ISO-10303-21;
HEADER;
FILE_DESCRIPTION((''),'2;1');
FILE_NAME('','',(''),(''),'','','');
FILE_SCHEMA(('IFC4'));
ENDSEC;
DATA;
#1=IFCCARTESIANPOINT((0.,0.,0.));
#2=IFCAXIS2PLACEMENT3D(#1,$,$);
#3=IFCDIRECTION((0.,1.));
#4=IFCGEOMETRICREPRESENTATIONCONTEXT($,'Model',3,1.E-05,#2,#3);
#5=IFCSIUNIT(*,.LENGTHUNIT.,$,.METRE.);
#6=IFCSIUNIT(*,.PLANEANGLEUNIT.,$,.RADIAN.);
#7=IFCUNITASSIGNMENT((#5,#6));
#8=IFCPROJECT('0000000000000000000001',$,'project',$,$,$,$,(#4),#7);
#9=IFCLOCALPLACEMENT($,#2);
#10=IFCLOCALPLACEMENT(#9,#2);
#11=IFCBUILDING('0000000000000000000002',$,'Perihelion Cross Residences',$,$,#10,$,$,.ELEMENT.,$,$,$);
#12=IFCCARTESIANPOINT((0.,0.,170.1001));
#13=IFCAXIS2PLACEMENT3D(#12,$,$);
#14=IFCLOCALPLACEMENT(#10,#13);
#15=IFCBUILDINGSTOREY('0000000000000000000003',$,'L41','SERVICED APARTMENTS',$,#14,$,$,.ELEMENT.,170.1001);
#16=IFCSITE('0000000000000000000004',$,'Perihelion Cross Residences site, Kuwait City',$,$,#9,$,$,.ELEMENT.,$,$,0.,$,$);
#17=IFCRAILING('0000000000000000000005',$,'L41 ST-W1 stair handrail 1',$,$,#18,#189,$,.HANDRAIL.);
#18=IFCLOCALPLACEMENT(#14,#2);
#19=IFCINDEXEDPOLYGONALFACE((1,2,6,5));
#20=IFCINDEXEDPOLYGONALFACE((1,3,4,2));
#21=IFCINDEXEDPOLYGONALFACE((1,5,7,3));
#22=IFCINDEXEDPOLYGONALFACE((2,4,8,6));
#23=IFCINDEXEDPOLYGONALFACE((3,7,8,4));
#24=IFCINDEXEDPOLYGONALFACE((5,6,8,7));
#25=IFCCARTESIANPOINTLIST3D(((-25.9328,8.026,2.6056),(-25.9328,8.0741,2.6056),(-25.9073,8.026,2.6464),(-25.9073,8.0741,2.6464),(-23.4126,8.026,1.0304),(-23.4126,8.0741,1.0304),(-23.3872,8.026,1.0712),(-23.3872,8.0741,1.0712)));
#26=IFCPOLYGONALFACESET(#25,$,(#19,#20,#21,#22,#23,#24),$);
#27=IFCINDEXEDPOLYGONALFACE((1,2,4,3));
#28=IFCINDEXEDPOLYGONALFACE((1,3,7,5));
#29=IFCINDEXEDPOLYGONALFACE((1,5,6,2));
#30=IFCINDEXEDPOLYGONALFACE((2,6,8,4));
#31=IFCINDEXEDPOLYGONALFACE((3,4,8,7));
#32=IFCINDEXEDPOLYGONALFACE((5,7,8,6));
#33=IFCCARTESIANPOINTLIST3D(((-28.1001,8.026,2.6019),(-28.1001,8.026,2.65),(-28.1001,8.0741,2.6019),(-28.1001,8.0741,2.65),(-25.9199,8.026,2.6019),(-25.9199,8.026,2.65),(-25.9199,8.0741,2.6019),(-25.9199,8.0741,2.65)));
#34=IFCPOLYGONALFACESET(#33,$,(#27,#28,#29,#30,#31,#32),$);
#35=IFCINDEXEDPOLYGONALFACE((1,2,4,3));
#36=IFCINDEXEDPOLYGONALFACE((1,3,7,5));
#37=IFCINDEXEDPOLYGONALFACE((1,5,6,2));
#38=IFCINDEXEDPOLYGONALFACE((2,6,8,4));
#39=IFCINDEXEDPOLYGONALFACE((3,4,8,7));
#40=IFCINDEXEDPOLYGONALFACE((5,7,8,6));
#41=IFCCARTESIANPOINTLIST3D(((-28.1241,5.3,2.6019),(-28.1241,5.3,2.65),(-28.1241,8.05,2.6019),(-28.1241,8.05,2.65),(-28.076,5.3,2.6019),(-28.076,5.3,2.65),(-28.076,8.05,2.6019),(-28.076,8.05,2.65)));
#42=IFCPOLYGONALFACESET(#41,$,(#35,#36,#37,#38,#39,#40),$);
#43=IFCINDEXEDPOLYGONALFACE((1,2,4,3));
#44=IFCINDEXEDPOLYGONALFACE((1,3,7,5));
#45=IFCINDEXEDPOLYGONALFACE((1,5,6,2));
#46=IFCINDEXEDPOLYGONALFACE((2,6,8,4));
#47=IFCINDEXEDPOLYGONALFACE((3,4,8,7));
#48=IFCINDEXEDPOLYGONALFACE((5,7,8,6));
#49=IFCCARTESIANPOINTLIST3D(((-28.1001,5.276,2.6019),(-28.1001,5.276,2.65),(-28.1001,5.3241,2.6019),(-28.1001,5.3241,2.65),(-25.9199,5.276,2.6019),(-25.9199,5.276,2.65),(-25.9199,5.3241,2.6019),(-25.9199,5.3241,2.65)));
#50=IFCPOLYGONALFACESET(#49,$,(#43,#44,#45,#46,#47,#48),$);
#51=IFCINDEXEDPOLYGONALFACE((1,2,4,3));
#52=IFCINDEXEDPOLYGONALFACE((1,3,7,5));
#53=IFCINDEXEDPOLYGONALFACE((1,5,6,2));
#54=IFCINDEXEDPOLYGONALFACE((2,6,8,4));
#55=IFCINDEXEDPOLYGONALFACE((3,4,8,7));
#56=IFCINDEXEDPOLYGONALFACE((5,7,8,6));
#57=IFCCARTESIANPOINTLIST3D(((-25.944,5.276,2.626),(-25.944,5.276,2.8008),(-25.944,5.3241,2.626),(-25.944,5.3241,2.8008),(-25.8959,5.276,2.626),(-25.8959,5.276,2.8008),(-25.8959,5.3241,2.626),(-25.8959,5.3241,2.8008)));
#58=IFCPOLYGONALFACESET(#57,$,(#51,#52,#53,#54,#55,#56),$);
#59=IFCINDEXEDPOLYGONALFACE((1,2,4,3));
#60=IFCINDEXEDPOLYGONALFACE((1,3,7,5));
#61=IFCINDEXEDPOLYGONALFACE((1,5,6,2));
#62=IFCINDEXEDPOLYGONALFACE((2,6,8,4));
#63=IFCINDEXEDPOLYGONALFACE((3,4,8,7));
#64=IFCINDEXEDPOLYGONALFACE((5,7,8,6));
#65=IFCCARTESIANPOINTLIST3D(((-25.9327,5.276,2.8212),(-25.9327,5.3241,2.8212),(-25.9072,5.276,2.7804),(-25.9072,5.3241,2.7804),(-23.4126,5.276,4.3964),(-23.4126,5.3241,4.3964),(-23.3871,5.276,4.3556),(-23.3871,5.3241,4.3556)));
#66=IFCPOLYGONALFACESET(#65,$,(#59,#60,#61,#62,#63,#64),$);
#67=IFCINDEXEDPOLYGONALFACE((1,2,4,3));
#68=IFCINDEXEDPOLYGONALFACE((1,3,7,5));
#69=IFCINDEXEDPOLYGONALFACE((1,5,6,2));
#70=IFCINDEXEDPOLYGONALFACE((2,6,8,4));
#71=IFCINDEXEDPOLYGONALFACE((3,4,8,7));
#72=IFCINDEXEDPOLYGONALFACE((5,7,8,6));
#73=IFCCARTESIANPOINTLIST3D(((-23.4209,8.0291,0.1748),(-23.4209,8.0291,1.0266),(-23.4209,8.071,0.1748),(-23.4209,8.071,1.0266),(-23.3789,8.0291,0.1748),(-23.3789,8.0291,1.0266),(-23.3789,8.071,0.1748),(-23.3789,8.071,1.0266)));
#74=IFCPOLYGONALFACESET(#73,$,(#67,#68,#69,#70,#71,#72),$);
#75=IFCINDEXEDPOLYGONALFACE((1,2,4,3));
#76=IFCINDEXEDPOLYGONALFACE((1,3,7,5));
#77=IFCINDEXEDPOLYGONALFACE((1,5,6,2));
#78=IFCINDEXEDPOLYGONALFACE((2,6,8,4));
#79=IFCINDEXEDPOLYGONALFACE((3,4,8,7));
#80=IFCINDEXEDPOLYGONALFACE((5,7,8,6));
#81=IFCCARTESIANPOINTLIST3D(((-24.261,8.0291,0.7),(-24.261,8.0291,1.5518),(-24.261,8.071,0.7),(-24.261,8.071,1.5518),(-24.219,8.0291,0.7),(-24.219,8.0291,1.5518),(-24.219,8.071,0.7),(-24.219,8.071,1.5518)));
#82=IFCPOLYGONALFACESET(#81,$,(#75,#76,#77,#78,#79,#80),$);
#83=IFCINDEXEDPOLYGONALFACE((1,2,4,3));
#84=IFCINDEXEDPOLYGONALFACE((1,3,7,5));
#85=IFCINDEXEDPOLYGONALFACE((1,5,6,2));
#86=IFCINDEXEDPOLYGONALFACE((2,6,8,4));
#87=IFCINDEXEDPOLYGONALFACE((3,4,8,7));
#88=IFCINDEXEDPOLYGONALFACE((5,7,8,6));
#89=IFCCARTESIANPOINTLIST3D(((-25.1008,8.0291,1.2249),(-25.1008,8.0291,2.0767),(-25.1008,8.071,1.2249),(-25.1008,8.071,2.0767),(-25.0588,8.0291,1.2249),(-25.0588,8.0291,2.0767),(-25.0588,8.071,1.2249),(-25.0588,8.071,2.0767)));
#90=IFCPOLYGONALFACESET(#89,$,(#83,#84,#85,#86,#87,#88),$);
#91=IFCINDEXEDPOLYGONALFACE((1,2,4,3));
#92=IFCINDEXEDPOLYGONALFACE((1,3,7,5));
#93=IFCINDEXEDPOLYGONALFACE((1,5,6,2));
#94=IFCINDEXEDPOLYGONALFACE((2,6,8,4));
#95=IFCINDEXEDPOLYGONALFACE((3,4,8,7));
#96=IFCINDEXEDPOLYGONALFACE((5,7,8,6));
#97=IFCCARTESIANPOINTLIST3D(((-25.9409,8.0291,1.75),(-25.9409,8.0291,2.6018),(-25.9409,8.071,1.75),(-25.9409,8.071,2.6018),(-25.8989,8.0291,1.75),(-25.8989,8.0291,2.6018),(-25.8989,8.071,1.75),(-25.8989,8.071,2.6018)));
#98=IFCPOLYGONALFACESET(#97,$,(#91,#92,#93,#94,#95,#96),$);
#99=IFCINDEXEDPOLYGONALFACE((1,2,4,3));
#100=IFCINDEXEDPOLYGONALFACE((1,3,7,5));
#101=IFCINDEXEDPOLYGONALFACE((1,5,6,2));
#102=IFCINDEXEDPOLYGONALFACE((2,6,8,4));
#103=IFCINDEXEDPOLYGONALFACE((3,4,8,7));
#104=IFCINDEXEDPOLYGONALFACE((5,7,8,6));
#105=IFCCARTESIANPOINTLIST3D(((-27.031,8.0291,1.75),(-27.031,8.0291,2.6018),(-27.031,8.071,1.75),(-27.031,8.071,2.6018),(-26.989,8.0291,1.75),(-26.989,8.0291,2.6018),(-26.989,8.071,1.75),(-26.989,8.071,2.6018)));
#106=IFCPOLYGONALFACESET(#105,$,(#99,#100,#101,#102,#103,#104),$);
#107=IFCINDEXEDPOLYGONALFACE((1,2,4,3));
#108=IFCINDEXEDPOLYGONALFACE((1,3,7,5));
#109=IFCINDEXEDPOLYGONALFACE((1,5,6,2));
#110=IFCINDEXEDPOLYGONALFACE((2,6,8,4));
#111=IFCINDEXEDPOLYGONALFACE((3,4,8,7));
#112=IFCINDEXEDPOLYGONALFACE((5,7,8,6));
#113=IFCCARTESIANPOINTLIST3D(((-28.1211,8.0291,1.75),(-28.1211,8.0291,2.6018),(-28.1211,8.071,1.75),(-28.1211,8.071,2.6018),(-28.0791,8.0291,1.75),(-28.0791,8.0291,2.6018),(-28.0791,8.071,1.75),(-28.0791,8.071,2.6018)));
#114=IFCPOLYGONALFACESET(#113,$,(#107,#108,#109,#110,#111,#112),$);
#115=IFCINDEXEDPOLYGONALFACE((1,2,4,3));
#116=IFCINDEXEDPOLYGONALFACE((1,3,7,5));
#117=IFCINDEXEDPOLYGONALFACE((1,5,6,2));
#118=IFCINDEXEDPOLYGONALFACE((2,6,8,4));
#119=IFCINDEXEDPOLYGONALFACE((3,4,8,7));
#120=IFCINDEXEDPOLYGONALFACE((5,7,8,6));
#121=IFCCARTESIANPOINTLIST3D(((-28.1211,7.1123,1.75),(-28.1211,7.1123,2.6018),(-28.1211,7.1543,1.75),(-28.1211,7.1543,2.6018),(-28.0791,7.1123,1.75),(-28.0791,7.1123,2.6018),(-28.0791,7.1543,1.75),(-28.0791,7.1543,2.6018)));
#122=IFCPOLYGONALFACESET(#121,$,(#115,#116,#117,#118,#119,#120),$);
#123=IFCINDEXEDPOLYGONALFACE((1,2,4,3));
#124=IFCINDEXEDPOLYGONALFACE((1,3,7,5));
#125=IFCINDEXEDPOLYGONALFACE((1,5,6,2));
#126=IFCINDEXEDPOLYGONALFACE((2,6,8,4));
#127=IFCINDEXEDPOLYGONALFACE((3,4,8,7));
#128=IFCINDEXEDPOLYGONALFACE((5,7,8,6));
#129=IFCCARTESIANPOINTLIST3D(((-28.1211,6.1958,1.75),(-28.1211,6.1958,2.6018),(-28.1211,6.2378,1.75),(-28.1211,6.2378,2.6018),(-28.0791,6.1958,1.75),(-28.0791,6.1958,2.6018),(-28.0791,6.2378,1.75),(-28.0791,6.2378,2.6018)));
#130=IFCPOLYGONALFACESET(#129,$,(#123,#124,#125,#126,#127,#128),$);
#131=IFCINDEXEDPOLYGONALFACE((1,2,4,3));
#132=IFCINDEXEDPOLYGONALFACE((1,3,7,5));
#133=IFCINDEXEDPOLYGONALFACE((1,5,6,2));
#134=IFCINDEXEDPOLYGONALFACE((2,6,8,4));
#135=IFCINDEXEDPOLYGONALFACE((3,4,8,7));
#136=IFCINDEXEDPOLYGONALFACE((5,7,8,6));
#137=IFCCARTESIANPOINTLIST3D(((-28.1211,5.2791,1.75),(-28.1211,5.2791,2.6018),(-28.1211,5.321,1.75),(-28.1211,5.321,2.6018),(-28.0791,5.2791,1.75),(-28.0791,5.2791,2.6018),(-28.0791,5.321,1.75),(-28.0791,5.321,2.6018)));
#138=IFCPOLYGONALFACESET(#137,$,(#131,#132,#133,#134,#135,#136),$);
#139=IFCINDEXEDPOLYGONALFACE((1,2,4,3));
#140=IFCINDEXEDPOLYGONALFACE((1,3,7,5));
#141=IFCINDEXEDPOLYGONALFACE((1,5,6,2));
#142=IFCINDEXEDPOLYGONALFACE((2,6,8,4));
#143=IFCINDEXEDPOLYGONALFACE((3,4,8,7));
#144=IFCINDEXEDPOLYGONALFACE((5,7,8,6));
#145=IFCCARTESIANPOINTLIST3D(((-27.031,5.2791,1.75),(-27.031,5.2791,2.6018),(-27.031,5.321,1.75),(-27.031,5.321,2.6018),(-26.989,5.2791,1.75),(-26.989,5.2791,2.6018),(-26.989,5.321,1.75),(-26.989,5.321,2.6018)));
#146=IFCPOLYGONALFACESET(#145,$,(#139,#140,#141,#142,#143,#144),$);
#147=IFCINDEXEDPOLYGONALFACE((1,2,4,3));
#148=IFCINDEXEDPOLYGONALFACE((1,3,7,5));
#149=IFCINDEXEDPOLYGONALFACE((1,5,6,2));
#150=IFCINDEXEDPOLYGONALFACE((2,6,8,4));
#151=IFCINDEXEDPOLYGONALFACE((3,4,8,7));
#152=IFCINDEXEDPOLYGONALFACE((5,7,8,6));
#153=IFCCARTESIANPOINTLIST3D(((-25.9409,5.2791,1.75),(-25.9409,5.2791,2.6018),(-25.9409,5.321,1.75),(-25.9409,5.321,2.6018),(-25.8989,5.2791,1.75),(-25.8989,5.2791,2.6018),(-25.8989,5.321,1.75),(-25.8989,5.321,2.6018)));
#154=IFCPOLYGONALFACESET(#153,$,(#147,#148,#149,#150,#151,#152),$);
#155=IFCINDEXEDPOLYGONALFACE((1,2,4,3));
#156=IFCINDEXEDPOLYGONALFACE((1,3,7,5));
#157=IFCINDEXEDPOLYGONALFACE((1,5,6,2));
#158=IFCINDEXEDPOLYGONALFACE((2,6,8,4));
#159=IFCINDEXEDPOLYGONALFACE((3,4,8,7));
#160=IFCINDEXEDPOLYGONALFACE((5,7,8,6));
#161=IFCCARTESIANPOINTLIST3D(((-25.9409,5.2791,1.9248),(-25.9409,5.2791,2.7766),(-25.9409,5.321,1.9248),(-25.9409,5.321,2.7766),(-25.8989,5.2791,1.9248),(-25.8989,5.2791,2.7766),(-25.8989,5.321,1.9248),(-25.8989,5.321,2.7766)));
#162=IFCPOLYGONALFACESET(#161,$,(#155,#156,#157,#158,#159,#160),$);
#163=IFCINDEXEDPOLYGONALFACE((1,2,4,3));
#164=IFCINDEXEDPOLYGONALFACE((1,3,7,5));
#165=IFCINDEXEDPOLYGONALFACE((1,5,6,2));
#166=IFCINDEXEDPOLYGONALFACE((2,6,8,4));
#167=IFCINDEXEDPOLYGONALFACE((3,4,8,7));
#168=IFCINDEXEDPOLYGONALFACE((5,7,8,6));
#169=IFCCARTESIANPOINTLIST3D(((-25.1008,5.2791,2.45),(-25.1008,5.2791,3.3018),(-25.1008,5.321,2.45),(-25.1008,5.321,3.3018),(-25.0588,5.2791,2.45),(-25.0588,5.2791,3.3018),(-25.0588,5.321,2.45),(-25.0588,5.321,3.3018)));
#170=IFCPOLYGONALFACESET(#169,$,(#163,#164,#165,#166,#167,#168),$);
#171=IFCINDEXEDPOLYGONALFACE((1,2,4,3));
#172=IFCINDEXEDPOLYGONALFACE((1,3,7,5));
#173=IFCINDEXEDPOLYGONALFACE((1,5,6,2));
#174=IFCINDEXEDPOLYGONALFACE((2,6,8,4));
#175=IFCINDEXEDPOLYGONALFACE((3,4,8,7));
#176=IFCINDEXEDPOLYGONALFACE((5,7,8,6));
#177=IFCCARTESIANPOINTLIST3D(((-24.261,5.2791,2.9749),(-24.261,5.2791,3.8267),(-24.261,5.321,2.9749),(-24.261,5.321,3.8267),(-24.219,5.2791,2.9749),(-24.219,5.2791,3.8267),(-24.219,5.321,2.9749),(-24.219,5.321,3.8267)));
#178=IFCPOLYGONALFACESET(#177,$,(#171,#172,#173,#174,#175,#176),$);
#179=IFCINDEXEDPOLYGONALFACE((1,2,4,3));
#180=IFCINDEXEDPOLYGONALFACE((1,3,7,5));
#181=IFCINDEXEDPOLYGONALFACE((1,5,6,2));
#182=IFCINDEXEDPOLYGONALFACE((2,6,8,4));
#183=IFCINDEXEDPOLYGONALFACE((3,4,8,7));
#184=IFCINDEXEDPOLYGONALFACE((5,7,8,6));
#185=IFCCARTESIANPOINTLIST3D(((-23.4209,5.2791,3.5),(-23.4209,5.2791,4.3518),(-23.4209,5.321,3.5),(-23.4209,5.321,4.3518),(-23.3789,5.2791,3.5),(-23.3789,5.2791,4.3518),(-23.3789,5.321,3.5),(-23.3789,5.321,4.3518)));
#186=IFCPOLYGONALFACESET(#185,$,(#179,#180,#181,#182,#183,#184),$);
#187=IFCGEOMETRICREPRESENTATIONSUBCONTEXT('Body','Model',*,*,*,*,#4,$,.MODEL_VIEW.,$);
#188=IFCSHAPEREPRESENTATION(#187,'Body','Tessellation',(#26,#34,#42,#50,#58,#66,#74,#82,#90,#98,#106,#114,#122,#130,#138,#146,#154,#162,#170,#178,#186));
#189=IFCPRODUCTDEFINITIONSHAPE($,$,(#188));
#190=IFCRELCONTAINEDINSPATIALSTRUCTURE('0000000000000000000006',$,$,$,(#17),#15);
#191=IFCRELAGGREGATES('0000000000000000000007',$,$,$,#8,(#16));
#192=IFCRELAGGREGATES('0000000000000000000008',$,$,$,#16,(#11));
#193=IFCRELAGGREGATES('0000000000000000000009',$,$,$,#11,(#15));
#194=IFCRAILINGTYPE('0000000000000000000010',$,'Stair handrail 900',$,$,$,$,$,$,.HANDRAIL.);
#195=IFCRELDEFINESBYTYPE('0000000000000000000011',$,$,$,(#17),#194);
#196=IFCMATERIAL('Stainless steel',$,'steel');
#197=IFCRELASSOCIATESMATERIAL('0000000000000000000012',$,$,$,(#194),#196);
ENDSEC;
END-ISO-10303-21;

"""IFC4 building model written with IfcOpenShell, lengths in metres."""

from ifc_helpers import new_model, si_unit, direction, frame, origin, origin_2d, place, context, subcontext, project, spatial, rectangle, extrude, material, type_object, element, save


model = new_model("IFC4")

# Units and contexts
model_context = context("Model", 3, precision=1e-05, world=origin(), true_north=direction((0.0, 1.0)))
body_context = subcontext(model_context, "Body", "Model", "MODEL_VIEW")
ifc_project = project(units=[si_unit("LENGTHUNIT", "METRE"), si_unit("PLANEANGLEUNIT", "RADIAN")], contexts=[model_context])

# Site, building, storey
site_placement = place(None, origin())
site = spatial("IfcSite", under=ifc_project, at=site_placement, Name="Perihelion Cross Residences site, Kuwait City", CompositionType="ELEMENT", RefElevation=0.0)
building_placement = place(site_placement, origin())
building = spatial("IfcBuilding", under=site, at=building_placement, Name="Perihelion Cross Residences", CompositionType="ELEMENT")
storey_placement = place(building_placement, frame((0.0, 0.0, 170.1001)))
storey = spatial("IfcBuildingStorey", under=building, at=storey_placement, Name="L41", Description="SERVICED APARTMENTS", CompositionType="ELEMENT", Elevation=170.1001)

# Railing
ifc_material_1 = material(Name="Stainless steel", Category="steel")
railing_type_1 = type_object("IfcRailingType", Name="Stair handrail 900", PredefinedType="HANDRAIL", material=ifc_material_1)
railing_1_placement = place(storey_placement, frame((-23.3999, 8.05, 0.1748)))
element("IfcRailing", 1, at=railing_1_placement, inside=storey, type_object=railing_type_1, Name="L41 ST-W1 stair handrail 1", PredefinedType="HANDRAIL", context=body_context, shape_type="SweptSolid", body=[
    extrude(rectangle(XDim=0.0481, YDim=0.0481, at=origin_2d()), frame((0.0, 0.0, 0.876), z_axis=(-0.847971, 0.0, 0.530043), x_axis=(0.0, -1.0, 0.0)), (0.0, 0.0, 1.0), 2.9719),
    extrude(rectangle(XDim=0.0481, YDim=0.0481, at=origin_2d()), frame((-2.52, 0.0, 2.4512), z_axis=(-1.0, 0.0, 0.0), x_axis=(0.0, -1.0, 0.0)), (0.0, 0.0, 1.0), 2.1802),
    extrude(rectangle(XDim=0.0481, YDim=0.0481, at=origin_2d()), frame((-4.7002, 0.0, 2.4512), z_axis=(0.0, -1.0, 0.0), x_axis=(1.0, 0.0, 0.0)), (0.0, 0.0, 1.0), 2.75),
    extrude(rectangle(XDim=0.0481, YDim=0.0481, at=origin_2d()), frame((-4.7002, -2.75, 2.4512), z_axis=(1.0, 0.0, 0.0), x_axis=(0.0, 1.0, 0.0)), (0.0, 0.0, 1.0), 2.1802),
    extrude(rectangle(XDim=0.0481, YDim=0.0481, at=origin_2d()), frame((-2.52, -2.75, 2.4512), z_axis=(0.0, 0.0, 1.0), x_axis=(1.0, 0.0, 0.0)), (0.0, 0.0, 1.0), 0.1748),
    extrude(rectangle(XDim=0.0481, YDim=0.0481, at=origin_2d()), frame((-2.52, -2.75, 2.626), z_axis=(0.847971, 0.0, 0.530043), x_axis=(0.0, 1.0, 0.0)), (0.0, 0.0, 1.0), 2.9719),
    extrude(rectangle(XDim=0.042, YDim=0.042, at=origin_2d()), origin(), (0.0, 0.0, 1.0), 0.8518),
    extrude(rectangle(XDim=0.042, YDim=0.042, at=origin_2d()), frame((-0.8401, 0.0, 0.5251)), (0.0, 0.0, 1.0), 0.8518),
    extrude(rectangle(XDim=0.042, YDim=0.042, at=origin_2d()), frame((-1.6799, 0.0, 1.05)), (0.0, 0.0, 1.0), 0.8518),
    extrude(rectangle(XDim=0.042, YDim=0.042, at=origin_2d()), frame((-2.52, 0.0, 1.5752)), (0.0, 0.0, 1.0), 0.8518),
    extrude(rectangle(XDim=0.042, YDim=0.042, at=origin_2d()), frame((-3.6101, 0.0, 1.5752)), (0.0, 0.0, 1.0), 0.8518),
    extrude(rectangle(XDim=0.042, YDim=0.042, at=origin_2d()), frame((-4.7002, 0.0, 1.5752)), (0.0, 0.0, 1.0), 0.8518),
    extrude(rectangle(XDim=0.042, YDim=0.042, at=origin_2d()), frame((-4.7002, -0.9167, 1.5752)), (0.0, 0.0, 1.0), 0.8518),
    extrude(rectangle(XDim=0.042, YDim=0.042, at=origin_2d()), frame((-4.7002, -1.8333, 1.5752)), (0.0, 0.0, 1.0), 0.8518),
    extrude(rectangle(XDim=0.042, YDim=0.042, at=origin_2d()), frame((-4.7002, -2.75, 1.5752)), (0.0, 0.0, 1.0), 0.8518),
    extrude(rectangle(XDim=0.042, YDim=0.042, at=origin_2d()), frame((-3.6101, -2.75, 1.5752)), (0.0, 0.0, 1.0), 0.8518),
    extrude(rectangle(XDim=0.042, YDim=0.042, at=origin_2d()), frame((-2.52, -2.75, 1.5752)), (0.0, 0.0, 1.0), 0.8518),
    extrude(rectangle(XDim=0.042, YDim=0.042, at=origin_2d()), frame((-2.52, -2.75, 1.75)), (0.0, 0.0, 1.0), 0.8518),
    extrude(rectangle(XDim=0.042, YDim=0.042, at=origin_2d()), frame((-1.6799, -2.75, 2.2751)), (0.0, 0.0, 1.0), 0.8518),
    extrude(rectangle(XDim=0.042, YDim=0.042, at=origin_2d()), frame((-0.8401, -2.75, 2.8)), (0.0, 0.0, 1.0), 0.8518),
    extrude(rectangle(XDim=0.042, YDim=0.042, at=origin_2d()), frame((0.0, -2.75, 3.3252)), (0.0, 0.0, 1.0), 0.8518),
])

save(model, "model.ifc")
